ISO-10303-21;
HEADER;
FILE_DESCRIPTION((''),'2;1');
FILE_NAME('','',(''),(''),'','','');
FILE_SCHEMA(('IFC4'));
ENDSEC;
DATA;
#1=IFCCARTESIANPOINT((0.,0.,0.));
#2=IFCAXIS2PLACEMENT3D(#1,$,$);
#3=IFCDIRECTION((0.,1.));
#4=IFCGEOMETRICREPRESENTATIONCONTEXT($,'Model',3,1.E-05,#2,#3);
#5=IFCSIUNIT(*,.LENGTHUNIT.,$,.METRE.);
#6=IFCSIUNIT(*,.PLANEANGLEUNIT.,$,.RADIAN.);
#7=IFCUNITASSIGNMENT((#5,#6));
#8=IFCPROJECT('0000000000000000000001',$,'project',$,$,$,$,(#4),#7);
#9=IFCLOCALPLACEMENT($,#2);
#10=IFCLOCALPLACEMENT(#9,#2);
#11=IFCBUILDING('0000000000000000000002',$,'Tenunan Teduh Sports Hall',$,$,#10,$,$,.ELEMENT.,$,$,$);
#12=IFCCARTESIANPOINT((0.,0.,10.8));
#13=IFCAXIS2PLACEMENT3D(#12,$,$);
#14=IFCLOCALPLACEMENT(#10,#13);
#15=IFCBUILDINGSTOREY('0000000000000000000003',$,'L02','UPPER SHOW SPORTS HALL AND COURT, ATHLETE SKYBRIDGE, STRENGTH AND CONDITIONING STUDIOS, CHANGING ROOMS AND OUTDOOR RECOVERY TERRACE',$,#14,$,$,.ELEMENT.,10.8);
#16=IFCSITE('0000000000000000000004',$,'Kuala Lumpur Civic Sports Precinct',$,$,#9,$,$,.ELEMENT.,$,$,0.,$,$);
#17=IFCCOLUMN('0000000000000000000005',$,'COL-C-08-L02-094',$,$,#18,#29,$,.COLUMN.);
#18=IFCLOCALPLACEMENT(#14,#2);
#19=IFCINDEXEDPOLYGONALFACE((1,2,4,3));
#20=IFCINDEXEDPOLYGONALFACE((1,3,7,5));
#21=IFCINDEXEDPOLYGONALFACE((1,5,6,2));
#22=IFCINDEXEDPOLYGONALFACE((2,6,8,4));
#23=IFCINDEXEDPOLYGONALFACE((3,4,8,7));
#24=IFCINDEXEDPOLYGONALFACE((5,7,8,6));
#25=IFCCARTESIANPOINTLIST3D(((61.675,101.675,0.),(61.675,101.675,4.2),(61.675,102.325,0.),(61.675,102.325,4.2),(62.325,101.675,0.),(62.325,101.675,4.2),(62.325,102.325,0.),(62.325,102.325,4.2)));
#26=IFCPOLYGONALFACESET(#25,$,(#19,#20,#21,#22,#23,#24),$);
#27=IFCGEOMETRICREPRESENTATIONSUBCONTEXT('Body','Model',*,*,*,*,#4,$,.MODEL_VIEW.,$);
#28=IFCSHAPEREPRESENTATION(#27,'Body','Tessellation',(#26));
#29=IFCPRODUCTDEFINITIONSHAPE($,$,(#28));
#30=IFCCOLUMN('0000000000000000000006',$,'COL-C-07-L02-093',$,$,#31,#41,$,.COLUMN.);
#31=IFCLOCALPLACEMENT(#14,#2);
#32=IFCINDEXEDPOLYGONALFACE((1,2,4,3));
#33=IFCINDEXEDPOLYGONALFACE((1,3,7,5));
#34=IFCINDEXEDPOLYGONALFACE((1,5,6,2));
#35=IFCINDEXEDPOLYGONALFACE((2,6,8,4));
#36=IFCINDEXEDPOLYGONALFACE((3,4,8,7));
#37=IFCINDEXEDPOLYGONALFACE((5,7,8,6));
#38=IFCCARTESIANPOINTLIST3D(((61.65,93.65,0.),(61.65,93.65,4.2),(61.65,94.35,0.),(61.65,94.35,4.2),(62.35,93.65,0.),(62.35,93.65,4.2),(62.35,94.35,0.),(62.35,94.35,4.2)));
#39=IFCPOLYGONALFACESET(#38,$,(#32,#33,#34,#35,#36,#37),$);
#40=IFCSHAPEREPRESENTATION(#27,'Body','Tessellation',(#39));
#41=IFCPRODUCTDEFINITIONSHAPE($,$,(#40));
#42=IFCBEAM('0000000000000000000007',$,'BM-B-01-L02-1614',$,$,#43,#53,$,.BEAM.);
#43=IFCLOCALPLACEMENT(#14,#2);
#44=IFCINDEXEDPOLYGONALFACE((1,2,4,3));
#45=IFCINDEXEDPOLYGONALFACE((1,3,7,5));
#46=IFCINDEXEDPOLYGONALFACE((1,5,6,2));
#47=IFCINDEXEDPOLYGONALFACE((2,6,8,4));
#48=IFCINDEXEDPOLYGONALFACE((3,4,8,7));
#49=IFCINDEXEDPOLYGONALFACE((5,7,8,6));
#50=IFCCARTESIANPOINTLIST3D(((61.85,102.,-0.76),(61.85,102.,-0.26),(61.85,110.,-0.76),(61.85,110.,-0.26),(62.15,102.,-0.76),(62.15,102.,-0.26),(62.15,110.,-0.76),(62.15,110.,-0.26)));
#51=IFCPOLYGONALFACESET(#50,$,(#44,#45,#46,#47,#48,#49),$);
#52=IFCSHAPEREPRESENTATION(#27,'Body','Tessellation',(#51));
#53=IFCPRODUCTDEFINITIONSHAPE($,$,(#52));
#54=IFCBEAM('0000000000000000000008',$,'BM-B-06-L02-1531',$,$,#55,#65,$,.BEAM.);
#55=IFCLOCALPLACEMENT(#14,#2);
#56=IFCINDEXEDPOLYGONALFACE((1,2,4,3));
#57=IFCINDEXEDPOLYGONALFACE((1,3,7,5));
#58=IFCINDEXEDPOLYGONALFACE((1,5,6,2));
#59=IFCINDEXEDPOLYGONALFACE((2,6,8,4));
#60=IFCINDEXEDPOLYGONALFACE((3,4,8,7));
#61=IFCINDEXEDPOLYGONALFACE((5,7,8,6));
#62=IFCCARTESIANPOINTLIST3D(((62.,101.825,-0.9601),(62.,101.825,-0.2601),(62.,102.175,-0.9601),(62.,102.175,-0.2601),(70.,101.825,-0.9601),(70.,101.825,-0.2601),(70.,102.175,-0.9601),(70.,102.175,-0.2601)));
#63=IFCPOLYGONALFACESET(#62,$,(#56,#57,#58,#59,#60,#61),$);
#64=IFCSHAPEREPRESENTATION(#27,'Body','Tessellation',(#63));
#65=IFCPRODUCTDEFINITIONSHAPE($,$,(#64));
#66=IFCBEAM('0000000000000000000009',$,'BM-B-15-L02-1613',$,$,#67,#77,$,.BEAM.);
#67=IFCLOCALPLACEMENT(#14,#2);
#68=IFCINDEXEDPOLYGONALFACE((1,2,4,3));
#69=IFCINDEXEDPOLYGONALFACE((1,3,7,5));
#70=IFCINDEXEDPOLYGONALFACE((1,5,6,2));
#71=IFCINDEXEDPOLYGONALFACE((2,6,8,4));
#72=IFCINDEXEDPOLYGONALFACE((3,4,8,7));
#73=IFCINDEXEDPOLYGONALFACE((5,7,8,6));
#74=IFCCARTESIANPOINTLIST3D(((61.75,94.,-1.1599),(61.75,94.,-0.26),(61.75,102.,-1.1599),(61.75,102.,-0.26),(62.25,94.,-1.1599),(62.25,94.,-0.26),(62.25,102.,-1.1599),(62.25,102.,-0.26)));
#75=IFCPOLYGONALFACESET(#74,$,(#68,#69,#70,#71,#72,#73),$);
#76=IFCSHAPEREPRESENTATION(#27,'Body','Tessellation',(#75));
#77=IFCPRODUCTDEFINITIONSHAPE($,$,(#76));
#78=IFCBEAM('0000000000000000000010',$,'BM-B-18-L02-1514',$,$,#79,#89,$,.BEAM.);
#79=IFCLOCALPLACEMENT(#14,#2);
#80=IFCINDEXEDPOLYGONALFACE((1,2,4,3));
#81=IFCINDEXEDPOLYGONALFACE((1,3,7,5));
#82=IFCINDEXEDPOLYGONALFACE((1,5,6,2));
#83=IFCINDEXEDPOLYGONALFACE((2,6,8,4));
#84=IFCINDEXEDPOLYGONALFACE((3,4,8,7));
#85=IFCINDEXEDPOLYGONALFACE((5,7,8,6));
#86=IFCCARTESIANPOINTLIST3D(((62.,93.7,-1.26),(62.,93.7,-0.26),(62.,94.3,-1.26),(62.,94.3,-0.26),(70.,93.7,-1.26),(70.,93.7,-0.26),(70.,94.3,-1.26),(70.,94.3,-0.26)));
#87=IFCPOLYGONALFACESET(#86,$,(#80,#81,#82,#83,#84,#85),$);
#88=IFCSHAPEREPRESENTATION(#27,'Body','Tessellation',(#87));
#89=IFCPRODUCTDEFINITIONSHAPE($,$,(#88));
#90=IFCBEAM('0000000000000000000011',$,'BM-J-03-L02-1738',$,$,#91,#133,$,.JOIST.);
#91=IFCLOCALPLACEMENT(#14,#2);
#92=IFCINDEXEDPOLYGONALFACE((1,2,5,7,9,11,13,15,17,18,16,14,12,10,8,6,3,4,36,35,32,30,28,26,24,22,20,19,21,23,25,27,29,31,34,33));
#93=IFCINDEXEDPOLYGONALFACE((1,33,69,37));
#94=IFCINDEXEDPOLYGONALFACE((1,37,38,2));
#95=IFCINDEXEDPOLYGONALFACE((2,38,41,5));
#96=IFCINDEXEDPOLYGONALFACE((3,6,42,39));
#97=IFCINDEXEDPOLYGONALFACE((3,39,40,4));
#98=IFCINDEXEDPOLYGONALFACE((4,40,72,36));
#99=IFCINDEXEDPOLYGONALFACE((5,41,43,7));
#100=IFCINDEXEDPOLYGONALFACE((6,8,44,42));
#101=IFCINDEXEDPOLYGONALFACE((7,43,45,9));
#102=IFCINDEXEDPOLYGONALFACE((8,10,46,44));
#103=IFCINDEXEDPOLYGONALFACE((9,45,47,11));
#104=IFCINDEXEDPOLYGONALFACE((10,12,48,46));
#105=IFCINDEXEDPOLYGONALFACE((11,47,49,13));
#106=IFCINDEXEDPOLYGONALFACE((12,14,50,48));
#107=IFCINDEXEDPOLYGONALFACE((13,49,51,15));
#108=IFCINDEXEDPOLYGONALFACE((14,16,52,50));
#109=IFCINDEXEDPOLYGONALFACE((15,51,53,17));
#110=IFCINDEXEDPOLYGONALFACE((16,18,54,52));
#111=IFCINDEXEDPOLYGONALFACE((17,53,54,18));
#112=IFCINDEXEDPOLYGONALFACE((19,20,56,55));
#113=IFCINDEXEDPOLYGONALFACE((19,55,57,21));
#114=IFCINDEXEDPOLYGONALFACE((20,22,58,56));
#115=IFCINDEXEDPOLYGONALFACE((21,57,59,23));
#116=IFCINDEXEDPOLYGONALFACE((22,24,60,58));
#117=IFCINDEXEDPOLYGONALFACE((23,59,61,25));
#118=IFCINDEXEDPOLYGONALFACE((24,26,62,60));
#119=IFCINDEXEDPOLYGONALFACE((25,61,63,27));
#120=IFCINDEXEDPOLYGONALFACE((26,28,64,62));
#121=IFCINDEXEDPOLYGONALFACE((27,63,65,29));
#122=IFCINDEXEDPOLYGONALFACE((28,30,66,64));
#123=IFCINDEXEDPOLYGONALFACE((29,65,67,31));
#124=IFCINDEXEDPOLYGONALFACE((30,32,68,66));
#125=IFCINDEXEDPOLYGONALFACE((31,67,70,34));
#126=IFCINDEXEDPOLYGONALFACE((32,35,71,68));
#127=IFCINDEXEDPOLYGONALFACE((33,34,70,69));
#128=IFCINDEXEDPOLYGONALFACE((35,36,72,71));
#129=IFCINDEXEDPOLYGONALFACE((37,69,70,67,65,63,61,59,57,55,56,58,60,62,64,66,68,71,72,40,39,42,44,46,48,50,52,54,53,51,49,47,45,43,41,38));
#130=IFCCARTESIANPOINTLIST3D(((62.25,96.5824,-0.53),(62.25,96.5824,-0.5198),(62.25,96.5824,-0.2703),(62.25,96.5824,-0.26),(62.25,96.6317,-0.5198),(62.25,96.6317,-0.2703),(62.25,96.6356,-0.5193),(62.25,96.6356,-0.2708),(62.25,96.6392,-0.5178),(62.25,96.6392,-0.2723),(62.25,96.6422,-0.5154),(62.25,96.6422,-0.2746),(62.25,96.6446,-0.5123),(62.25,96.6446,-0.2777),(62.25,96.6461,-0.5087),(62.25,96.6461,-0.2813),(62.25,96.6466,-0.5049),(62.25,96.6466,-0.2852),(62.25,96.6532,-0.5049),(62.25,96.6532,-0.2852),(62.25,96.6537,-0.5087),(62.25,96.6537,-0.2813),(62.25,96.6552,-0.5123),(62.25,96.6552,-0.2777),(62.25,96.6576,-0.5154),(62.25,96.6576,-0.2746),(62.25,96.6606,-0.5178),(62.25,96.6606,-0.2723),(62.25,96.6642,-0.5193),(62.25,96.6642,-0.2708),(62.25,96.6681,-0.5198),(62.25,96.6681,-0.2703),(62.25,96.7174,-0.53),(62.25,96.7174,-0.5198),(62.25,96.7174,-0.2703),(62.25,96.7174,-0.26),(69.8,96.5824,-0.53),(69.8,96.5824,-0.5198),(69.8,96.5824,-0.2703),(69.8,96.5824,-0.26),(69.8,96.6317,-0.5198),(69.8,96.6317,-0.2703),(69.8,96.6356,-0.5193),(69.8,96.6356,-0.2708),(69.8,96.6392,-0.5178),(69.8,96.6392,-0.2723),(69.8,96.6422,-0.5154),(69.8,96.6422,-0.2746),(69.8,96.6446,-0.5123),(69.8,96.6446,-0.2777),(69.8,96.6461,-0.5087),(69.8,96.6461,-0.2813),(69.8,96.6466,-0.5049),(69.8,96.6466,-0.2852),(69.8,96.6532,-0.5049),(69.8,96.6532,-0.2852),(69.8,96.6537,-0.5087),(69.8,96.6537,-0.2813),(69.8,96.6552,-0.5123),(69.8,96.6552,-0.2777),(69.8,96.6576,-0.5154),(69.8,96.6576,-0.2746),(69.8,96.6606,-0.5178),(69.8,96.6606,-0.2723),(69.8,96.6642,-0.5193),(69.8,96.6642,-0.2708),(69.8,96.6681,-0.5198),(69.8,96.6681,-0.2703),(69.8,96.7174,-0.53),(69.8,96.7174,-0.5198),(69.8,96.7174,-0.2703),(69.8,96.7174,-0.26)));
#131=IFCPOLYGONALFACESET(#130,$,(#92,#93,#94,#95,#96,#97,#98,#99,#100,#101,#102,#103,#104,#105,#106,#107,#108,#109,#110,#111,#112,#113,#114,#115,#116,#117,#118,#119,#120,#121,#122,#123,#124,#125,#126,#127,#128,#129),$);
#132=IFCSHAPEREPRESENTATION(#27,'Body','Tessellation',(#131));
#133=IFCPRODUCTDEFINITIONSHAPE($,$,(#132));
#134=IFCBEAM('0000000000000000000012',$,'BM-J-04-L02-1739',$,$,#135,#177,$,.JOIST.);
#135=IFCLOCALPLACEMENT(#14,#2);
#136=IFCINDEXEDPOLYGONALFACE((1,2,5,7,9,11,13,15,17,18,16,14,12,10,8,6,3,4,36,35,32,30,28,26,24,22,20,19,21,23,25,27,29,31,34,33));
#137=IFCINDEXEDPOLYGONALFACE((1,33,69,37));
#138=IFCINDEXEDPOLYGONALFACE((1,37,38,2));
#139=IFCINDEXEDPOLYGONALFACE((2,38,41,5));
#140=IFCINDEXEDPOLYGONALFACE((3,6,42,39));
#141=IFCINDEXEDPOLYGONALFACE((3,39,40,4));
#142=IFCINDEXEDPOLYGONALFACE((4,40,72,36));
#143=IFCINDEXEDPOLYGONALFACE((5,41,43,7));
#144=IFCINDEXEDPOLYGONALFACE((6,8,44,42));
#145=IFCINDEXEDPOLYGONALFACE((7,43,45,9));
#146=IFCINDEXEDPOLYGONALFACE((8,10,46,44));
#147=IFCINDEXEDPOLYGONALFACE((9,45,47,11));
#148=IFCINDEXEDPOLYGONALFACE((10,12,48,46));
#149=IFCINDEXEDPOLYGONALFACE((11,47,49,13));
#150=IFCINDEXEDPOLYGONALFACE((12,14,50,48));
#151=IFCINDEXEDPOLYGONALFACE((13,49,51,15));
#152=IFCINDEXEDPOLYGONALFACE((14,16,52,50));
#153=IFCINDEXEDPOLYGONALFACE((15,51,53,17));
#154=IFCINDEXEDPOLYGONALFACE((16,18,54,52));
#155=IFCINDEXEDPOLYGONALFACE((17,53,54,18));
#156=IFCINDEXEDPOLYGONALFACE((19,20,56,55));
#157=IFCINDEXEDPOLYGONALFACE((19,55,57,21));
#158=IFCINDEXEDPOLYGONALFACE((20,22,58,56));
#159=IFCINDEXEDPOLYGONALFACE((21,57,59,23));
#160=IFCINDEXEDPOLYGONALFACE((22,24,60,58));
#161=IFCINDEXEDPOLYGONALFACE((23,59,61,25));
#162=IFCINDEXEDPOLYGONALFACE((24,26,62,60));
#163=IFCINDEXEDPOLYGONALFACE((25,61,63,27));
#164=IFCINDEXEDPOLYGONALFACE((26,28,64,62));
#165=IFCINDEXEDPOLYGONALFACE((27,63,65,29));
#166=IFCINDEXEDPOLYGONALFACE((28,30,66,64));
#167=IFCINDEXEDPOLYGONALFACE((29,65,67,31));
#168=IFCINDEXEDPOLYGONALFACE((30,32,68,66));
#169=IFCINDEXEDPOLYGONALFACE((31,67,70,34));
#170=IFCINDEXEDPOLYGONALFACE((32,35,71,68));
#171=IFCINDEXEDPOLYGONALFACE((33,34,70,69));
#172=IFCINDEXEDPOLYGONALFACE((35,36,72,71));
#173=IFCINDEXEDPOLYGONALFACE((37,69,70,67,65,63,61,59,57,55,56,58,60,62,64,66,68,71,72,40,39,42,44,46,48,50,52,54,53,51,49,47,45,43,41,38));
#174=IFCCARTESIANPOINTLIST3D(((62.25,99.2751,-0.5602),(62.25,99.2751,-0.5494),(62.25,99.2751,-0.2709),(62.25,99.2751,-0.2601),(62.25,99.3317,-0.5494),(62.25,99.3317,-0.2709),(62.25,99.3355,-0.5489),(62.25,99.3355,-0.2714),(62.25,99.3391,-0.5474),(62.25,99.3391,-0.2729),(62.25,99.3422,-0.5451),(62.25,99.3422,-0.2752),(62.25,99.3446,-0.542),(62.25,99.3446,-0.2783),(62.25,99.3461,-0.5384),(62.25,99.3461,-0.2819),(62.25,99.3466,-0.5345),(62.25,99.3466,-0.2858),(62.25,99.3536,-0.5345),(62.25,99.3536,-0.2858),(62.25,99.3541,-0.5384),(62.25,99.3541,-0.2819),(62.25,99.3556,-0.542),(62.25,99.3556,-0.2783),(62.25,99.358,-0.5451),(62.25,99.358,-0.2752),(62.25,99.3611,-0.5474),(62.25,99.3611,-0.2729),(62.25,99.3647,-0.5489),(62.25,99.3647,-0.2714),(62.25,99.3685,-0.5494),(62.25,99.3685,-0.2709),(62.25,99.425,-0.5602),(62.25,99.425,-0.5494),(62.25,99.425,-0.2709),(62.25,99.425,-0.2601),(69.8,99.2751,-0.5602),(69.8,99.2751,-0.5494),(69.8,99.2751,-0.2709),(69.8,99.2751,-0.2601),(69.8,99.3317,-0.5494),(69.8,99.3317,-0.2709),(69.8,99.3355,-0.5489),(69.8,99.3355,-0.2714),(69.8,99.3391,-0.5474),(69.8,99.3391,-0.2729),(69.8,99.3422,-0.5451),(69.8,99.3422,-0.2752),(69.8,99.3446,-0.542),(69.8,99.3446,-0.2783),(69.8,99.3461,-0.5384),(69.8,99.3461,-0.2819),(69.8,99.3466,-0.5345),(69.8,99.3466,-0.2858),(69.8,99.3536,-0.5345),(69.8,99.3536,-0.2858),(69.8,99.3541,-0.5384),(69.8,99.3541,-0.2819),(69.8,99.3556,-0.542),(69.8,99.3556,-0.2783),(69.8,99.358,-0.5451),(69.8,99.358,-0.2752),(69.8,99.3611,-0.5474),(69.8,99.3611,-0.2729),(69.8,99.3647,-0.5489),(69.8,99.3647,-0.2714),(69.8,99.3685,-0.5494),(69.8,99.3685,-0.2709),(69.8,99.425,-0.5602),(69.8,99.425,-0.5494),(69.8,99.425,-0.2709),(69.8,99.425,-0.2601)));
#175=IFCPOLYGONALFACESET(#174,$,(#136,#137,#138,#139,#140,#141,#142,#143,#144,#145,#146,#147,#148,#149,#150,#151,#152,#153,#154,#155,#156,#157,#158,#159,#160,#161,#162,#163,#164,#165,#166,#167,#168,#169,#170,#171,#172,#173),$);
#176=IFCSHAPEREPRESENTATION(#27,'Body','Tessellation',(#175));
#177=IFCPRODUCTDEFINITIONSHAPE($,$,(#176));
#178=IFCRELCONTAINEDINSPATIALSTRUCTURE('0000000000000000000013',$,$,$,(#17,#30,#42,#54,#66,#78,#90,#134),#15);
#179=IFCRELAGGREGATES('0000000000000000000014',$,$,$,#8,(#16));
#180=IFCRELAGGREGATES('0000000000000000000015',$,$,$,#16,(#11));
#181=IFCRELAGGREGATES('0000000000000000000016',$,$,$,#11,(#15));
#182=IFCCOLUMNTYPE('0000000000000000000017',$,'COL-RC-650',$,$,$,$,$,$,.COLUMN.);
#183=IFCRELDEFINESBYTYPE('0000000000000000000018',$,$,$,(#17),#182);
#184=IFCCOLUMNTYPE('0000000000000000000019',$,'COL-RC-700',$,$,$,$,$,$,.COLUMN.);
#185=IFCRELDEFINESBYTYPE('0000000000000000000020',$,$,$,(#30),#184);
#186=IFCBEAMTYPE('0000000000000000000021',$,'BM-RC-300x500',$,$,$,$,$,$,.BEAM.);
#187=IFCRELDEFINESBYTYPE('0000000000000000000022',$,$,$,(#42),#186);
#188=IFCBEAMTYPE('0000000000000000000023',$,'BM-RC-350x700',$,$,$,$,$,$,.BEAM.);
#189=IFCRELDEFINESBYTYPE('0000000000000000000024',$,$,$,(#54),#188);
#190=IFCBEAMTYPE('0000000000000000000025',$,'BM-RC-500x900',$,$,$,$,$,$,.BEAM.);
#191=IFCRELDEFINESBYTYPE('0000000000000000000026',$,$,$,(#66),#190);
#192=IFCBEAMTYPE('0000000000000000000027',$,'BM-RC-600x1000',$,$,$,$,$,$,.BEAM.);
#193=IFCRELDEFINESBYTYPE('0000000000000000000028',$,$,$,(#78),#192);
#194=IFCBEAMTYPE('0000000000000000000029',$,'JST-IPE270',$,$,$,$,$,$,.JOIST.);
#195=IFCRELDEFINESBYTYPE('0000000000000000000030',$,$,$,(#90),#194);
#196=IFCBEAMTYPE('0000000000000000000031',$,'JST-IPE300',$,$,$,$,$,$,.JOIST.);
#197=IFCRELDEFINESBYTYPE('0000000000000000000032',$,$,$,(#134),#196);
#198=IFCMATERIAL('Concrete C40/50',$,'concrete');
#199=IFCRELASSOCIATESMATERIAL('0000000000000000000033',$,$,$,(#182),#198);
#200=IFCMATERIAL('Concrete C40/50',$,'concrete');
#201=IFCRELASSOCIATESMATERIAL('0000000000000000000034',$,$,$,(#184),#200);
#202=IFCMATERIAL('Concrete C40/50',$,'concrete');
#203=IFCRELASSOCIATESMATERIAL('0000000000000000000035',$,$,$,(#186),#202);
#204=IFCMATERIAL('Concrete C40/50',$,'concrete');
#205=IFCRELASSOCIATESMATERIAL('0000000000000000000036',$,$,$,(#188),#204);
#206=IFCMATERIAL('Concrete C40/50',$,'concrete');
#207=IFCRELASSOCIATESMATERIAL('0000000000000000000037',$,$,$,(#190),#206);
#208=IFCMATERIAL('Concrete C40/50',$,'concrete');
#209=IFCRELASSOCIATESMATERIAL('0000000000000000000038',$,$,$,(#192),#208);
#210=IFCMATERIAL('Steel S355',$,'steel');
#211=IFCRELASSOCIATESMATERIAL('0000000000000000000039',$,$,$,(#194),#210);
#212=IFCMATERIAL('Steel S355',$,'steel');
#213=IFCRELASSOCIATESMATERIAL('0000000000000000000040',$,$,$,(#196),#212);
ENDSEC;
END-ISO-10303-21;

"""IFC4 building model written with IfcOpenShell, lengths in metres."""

from ifc_helpers import new_model, si_unit, direction, frame, origin, origin_2d, place, context, subcontext, project, spatial, rectangle, i_section, extrude, material, material_profile, profile_set, type_object, element, save


model = new_model("IFC4")

# Units and contexts
model_context = context("Model", 3, precision=1e-05, world=origin(), true_north=direction((0.0, 1.0)))
body_context = subcontext(model_context, "Body", "Model", "MODEL_VIEW")
ifc_project = project(units=[si_unit("LENGTHUNIT", "METRE"), si_unit("PLANEANGLEUNIT", "RADIAN")], contexts=[model_context])

# Site, building, storey
site_placement = place(None, origin())
site = spatial("IfcSite", under=ifc_project, at=site_placement, Name="Kuala Lumpur Civic Sports Precinct", CompositionType="ELEMENT", RefElevation=0.0)
building_placement = place(site_placement, origin())
building = spatial("IfcBuilding", under=site, at=building_placement, Name="Tenunan Teduh Sports Hall", CompositionType="ELEMENT")
storey_placement = place(building_placement, frame((0.0, 0.0, 10.8)))
storey = spatial("IfcBuildingStorey", under=building, at=storey_placement, Name="L02", Description="UPPER SHOW SPORTS HALL AND COURT, ATHLETE SKYBRIDGE, STRENGTH AND CONDITIONING STUDIOS, CHANGING ROOMS AND OUTDOOR RECOVERY TERRACE", CompositionType="ELEMENT", Elevation=10.8)

# Columns
ifc_material_1 = material(Name="Concrete C40/50", Category="concrete")
ifc_material_profile_1 = material_profile(ifc_material_1, rectangle(XDim=0.6499, YDim=0.6499, at=origin_2d()), Name="RC 650x650")
ifc_profile_set_1 = profile_set([ifc_material_profile_1], Name="Concrete C40/50")
column_type_1 = type_object("IfcColumnType", Name="COL-RC-650", PredefinedType="COLUMN", material=ifc_profile_set_1)
column_1_placement = place(storey_placement, frame((62.0, 102.0, 0.0), z_axis=(0.0, 0.0, 1.0), x_axis=(1.0, 0.0, 0.0)))
element("IfcColumn", 1, at=column_1_placement, inside=storey, type_object=column_type_1, Name="COL-C-08-L02-094", PredefinedType="COLUMN", context=body_context, shape_type="SweptSolid", body=[
    extrude(rectangle(XDim=0.6499, YDim=0.6499, at=origin_2d()), origin(), (0.0, 0.0, 1.0), 4.2),
])
ifc_material_2 = material(Name="Concrete C40/50", Category="concrete")
ifc_material_profile_2 = material_profile(ifc_material_2, rectangle(XDim=0.7, YDim=0.7, at=origin_2d()), Name="RC 700x700")
ifc_profile_set_2 = profile_set([ifc_material_profile_2], Name="Concrete C40/50")
column_type_2 = type_object("IfcColumnType", Name="COL-RC-700", PredefinedType="COLUMN", material=ifc_profile_set_2)
column_2_placement = place(storey_placement, frame((62.0, 94.0, 0.0), z_axis=(0.0, 0.0, 1.0), x_axis=(1.0, 0.0, 0.0)))
element("IfcColumn", 2, at=column_2_placement, inside=storey, type_object=column_type_2, Name="COL-C-07-L02-093", PredefinedType="COLUMN", context=body_context, shape_type="SweptSolid", body=[
    extrude(rectangle(XDim=0.7, YDim=0.7, at=origin_2d()), origin(), (0.0, 0.0, 1.0), 4.2),
])

# Beams
ifc_material_3 = material(Name="Concrete C40/50", Category="concrete")
ifc_material_profile_3 = material_profile(ifc_material_3, rectangle(XDim=0.3, YDim=0.5, at=origin_2d()), Name="RCB 300x500")
ifc_profile_set_3 = profile_set([ifc_material_profile_3], Name="Concrete C40/50")
beam_type_1 = type_object("IfcBeamType", Name="BM-RC-300x500", PredefinedType="BEAM", material=ifc_profile_set_3)
beam_1_placement = place(storey_placement, frame((62.0, 102.0, -0.51), z_axis=(0.0, 1.0, 0.0), x_axis=(-1.0, 0.0, 0.0)))
element("IfcBeam", 3, at=beam_1_placement, inside=storey, type_object=beam_type_1, Name="BM-B-01-L02-1614", PredefinedType="BEAM", context=body_context, shape_type="SweptSolid", body=[
    extrude(rectangle(XDim=0.3, YDim=0.5, at=origin_2d()), origin(), (0.0, 0.0, 1.0), 8.0),
])
ifc_material_4 = material(Name="Concrete C40/50", Category="concrete")
ifc_material_profile_4 = material_profile(ifc_material_4, rectangle(XDim=0.3501, YDim=0.7, at=origin_2d()), Name="RCB 350x700")
ifc_profile_set_4 = profile_set([ifc_material_profile_4], Name="Concrete C40/50")
beam_type_2 = type_object("IfcBeamType", Name="BM-RC-350x700", PredefinedType="BEAM", material=ifc_profile_set_4)
beam_2_placement = place(storey_placement, frame((62.0, 102.0, -0.6101), z_axis=(1.0, 0.0, 0.0), x_axis=(0.0, 1.0, 0.0)))
element("IfcBeam", 4, at=beam_2_placement, inside=storey, type_object=beam_type_2, Name="BM-B-06-L02-1531", PredefinedType="BEAM", context=body_context, shape_type="SweptSolid", body=[
    extrude(rectangle(XDim=0.3501, YDim=0.7, at=origin_2d()), origin(), (0.0, 0.0, 1.0), 8.0),
])
ifc_material_5 = material(Name="Concrete C40/50", Category="concrete")
ifc_material_profile_5 = material_profile(ifc_material_5, rectangle(XDim=0.5, YDim=0.8999, at=origin_2d()), Name="RCB 500x900")
ifc_profile_set_5 = profile_set([ifc_material_profile_5], Name="Concrete C40/50")
beam_type_3 = type_object("IfcBeamType", Name="BM-RC-500x900", PredefinedType="BEAM", material=ifc_profile_set_5)
beam_3_placement = place(storey_placement, frame((62.0, 94.0, -0.71), z_axis=(0.0, 1.0, 0.0), x_axis=(-1.0, 0.0, 0.0)))
element("IfcBeam", 5, at=beam_3_placement, inside=storey, type_object=beam_type_3, Name="BM-B-15-L02-1613", PredefinedType="BEAM", context=body_context, shape_type="SweptSolid", body=[
    extrude(rectangle(XDim=0.5, YDim=0.8999, at=origin_2d()), origin(), (0.0, 0.0, 1.0), 8.0),
])
ifc_material_6 = material(Name="Concrete C40/50", Category="concrete")
ifc_material_profile_6 = material_profile(ifc_material_6, rectangle(XDim=0.6001, YDim=1.0, at=origin_2d()), Name="RCB 600x1000")
ifc_profile_set_6 = profile_set([ifc_material_profile_6], Name="Concrete C40/50")
beam_type_4 = type_object("IfcBeamType", Name="BM-RC-600x1000", PredefinedType="BEAM", material=ifc_profile_set_6)
beam_4_placement = place(storey_placement, frame((62.0, 94.0, -0.76), z_axis=(1.0, 0.0, 0.0), x_axis=(0.0, 1.0, 0.0)))
element("IfcBeam", 6, at=beam_4_placement, inside=storey, type_object=beam_type_4, Name="BM-B-18-L02-1514", PredefinedType="BEAM", context=body_context, shape_type="SweptSolid", body=[
    extrude(rectangle(XDim=0.6001, YDim=1.0, at=origin_2d()), origin(), (0.0, 0.0, 1.0), 8.0),
])
ifc_material_7 = material(Name="Steel S355", Category="steel")
ifc_material_profile_7 = material_profile(ifc_material_7, i_section(OverallWidth=0.135, OverallDepth=0.27, WebThickness=0.0066, FlangeThickness=0.0103, FilletRadius=0.0149, at=origin_2d()), Name="IPE 270")
ifc_profile_set_7 = profile_set([ifc_material_profile_7], Name="Steel S355")
beam_type_5 = type_object("IfcBeamType", Name="JST-IPE270", PredefinedType="JOIST", material=ifc_profile_set_7)
beam_5_placement = place(storey_placement, frame((62.25, 96.6499, -0.395), z_axis=(1.0, 0.0, 0.0), x_axis=(0.0, 1.0, 0.0)))
element("IfcBeam", 7, at=beam_5_placement, inside=storey, type_object=beam_type_5, Name="BM-J-03-L02-1738", PredefinedType="JOIST", context=body_context, shape_type="SweptSolid", body=[
    extrude(i_section(OverallWidth=0.135, OverallDepth=0.27, WebThickness=0.0066, FlangeThickness=0.0103, FilletRadius=0.0149, at=origin_2d()), origin(), (0.0, 0.0, 1.0), 7.55),
])
ifc_material_8 = material(Name="Steel S355", Category="steel")
ifc_material_profile_8 = material_profile(ifc_material_8, i_section(OverallWidth=0.1499, OverallDepth=0.3, WebThickness=0.0071, FlangeThickness=0.0107, FilletRadius=0.0149, at=origin_2d()), Name="IPE 300")
ifc_profile_set_8 = profile_set([ifc_material_profile_8], Name="Steel S355")
beam_type_6 = type_object("IfcBeamType", Name="JST-IPE300", PredefinedType="JOIST", material=ifc_profile_set_8)
beam_6_placement = place(storey_placement, frame((62.25, 99.3501, -0.4102), z_axis=(1.0, 0.0, 0.0), x_axis=(0.0, 1.0, 0.0)))
element("IfcBeam", 8, at=beam_6_placement, inside=storey, type_object=beam_type_6, Name="BM-J-04-L02-1739", PredefinedType="JOIST", context=body_context, shape_type="SweptSolid", body=[
    extrude(i_section(OverallWidth=0.1499, OverallDepth=0.3, WebThickness=0.0071, FlangeThickness=0.0107, FilletRadius=0.0149, at=origin_2d()), origin(), (0.0, 0.0, 1.0), 7.55),
])

save(model, "model.ifc")
